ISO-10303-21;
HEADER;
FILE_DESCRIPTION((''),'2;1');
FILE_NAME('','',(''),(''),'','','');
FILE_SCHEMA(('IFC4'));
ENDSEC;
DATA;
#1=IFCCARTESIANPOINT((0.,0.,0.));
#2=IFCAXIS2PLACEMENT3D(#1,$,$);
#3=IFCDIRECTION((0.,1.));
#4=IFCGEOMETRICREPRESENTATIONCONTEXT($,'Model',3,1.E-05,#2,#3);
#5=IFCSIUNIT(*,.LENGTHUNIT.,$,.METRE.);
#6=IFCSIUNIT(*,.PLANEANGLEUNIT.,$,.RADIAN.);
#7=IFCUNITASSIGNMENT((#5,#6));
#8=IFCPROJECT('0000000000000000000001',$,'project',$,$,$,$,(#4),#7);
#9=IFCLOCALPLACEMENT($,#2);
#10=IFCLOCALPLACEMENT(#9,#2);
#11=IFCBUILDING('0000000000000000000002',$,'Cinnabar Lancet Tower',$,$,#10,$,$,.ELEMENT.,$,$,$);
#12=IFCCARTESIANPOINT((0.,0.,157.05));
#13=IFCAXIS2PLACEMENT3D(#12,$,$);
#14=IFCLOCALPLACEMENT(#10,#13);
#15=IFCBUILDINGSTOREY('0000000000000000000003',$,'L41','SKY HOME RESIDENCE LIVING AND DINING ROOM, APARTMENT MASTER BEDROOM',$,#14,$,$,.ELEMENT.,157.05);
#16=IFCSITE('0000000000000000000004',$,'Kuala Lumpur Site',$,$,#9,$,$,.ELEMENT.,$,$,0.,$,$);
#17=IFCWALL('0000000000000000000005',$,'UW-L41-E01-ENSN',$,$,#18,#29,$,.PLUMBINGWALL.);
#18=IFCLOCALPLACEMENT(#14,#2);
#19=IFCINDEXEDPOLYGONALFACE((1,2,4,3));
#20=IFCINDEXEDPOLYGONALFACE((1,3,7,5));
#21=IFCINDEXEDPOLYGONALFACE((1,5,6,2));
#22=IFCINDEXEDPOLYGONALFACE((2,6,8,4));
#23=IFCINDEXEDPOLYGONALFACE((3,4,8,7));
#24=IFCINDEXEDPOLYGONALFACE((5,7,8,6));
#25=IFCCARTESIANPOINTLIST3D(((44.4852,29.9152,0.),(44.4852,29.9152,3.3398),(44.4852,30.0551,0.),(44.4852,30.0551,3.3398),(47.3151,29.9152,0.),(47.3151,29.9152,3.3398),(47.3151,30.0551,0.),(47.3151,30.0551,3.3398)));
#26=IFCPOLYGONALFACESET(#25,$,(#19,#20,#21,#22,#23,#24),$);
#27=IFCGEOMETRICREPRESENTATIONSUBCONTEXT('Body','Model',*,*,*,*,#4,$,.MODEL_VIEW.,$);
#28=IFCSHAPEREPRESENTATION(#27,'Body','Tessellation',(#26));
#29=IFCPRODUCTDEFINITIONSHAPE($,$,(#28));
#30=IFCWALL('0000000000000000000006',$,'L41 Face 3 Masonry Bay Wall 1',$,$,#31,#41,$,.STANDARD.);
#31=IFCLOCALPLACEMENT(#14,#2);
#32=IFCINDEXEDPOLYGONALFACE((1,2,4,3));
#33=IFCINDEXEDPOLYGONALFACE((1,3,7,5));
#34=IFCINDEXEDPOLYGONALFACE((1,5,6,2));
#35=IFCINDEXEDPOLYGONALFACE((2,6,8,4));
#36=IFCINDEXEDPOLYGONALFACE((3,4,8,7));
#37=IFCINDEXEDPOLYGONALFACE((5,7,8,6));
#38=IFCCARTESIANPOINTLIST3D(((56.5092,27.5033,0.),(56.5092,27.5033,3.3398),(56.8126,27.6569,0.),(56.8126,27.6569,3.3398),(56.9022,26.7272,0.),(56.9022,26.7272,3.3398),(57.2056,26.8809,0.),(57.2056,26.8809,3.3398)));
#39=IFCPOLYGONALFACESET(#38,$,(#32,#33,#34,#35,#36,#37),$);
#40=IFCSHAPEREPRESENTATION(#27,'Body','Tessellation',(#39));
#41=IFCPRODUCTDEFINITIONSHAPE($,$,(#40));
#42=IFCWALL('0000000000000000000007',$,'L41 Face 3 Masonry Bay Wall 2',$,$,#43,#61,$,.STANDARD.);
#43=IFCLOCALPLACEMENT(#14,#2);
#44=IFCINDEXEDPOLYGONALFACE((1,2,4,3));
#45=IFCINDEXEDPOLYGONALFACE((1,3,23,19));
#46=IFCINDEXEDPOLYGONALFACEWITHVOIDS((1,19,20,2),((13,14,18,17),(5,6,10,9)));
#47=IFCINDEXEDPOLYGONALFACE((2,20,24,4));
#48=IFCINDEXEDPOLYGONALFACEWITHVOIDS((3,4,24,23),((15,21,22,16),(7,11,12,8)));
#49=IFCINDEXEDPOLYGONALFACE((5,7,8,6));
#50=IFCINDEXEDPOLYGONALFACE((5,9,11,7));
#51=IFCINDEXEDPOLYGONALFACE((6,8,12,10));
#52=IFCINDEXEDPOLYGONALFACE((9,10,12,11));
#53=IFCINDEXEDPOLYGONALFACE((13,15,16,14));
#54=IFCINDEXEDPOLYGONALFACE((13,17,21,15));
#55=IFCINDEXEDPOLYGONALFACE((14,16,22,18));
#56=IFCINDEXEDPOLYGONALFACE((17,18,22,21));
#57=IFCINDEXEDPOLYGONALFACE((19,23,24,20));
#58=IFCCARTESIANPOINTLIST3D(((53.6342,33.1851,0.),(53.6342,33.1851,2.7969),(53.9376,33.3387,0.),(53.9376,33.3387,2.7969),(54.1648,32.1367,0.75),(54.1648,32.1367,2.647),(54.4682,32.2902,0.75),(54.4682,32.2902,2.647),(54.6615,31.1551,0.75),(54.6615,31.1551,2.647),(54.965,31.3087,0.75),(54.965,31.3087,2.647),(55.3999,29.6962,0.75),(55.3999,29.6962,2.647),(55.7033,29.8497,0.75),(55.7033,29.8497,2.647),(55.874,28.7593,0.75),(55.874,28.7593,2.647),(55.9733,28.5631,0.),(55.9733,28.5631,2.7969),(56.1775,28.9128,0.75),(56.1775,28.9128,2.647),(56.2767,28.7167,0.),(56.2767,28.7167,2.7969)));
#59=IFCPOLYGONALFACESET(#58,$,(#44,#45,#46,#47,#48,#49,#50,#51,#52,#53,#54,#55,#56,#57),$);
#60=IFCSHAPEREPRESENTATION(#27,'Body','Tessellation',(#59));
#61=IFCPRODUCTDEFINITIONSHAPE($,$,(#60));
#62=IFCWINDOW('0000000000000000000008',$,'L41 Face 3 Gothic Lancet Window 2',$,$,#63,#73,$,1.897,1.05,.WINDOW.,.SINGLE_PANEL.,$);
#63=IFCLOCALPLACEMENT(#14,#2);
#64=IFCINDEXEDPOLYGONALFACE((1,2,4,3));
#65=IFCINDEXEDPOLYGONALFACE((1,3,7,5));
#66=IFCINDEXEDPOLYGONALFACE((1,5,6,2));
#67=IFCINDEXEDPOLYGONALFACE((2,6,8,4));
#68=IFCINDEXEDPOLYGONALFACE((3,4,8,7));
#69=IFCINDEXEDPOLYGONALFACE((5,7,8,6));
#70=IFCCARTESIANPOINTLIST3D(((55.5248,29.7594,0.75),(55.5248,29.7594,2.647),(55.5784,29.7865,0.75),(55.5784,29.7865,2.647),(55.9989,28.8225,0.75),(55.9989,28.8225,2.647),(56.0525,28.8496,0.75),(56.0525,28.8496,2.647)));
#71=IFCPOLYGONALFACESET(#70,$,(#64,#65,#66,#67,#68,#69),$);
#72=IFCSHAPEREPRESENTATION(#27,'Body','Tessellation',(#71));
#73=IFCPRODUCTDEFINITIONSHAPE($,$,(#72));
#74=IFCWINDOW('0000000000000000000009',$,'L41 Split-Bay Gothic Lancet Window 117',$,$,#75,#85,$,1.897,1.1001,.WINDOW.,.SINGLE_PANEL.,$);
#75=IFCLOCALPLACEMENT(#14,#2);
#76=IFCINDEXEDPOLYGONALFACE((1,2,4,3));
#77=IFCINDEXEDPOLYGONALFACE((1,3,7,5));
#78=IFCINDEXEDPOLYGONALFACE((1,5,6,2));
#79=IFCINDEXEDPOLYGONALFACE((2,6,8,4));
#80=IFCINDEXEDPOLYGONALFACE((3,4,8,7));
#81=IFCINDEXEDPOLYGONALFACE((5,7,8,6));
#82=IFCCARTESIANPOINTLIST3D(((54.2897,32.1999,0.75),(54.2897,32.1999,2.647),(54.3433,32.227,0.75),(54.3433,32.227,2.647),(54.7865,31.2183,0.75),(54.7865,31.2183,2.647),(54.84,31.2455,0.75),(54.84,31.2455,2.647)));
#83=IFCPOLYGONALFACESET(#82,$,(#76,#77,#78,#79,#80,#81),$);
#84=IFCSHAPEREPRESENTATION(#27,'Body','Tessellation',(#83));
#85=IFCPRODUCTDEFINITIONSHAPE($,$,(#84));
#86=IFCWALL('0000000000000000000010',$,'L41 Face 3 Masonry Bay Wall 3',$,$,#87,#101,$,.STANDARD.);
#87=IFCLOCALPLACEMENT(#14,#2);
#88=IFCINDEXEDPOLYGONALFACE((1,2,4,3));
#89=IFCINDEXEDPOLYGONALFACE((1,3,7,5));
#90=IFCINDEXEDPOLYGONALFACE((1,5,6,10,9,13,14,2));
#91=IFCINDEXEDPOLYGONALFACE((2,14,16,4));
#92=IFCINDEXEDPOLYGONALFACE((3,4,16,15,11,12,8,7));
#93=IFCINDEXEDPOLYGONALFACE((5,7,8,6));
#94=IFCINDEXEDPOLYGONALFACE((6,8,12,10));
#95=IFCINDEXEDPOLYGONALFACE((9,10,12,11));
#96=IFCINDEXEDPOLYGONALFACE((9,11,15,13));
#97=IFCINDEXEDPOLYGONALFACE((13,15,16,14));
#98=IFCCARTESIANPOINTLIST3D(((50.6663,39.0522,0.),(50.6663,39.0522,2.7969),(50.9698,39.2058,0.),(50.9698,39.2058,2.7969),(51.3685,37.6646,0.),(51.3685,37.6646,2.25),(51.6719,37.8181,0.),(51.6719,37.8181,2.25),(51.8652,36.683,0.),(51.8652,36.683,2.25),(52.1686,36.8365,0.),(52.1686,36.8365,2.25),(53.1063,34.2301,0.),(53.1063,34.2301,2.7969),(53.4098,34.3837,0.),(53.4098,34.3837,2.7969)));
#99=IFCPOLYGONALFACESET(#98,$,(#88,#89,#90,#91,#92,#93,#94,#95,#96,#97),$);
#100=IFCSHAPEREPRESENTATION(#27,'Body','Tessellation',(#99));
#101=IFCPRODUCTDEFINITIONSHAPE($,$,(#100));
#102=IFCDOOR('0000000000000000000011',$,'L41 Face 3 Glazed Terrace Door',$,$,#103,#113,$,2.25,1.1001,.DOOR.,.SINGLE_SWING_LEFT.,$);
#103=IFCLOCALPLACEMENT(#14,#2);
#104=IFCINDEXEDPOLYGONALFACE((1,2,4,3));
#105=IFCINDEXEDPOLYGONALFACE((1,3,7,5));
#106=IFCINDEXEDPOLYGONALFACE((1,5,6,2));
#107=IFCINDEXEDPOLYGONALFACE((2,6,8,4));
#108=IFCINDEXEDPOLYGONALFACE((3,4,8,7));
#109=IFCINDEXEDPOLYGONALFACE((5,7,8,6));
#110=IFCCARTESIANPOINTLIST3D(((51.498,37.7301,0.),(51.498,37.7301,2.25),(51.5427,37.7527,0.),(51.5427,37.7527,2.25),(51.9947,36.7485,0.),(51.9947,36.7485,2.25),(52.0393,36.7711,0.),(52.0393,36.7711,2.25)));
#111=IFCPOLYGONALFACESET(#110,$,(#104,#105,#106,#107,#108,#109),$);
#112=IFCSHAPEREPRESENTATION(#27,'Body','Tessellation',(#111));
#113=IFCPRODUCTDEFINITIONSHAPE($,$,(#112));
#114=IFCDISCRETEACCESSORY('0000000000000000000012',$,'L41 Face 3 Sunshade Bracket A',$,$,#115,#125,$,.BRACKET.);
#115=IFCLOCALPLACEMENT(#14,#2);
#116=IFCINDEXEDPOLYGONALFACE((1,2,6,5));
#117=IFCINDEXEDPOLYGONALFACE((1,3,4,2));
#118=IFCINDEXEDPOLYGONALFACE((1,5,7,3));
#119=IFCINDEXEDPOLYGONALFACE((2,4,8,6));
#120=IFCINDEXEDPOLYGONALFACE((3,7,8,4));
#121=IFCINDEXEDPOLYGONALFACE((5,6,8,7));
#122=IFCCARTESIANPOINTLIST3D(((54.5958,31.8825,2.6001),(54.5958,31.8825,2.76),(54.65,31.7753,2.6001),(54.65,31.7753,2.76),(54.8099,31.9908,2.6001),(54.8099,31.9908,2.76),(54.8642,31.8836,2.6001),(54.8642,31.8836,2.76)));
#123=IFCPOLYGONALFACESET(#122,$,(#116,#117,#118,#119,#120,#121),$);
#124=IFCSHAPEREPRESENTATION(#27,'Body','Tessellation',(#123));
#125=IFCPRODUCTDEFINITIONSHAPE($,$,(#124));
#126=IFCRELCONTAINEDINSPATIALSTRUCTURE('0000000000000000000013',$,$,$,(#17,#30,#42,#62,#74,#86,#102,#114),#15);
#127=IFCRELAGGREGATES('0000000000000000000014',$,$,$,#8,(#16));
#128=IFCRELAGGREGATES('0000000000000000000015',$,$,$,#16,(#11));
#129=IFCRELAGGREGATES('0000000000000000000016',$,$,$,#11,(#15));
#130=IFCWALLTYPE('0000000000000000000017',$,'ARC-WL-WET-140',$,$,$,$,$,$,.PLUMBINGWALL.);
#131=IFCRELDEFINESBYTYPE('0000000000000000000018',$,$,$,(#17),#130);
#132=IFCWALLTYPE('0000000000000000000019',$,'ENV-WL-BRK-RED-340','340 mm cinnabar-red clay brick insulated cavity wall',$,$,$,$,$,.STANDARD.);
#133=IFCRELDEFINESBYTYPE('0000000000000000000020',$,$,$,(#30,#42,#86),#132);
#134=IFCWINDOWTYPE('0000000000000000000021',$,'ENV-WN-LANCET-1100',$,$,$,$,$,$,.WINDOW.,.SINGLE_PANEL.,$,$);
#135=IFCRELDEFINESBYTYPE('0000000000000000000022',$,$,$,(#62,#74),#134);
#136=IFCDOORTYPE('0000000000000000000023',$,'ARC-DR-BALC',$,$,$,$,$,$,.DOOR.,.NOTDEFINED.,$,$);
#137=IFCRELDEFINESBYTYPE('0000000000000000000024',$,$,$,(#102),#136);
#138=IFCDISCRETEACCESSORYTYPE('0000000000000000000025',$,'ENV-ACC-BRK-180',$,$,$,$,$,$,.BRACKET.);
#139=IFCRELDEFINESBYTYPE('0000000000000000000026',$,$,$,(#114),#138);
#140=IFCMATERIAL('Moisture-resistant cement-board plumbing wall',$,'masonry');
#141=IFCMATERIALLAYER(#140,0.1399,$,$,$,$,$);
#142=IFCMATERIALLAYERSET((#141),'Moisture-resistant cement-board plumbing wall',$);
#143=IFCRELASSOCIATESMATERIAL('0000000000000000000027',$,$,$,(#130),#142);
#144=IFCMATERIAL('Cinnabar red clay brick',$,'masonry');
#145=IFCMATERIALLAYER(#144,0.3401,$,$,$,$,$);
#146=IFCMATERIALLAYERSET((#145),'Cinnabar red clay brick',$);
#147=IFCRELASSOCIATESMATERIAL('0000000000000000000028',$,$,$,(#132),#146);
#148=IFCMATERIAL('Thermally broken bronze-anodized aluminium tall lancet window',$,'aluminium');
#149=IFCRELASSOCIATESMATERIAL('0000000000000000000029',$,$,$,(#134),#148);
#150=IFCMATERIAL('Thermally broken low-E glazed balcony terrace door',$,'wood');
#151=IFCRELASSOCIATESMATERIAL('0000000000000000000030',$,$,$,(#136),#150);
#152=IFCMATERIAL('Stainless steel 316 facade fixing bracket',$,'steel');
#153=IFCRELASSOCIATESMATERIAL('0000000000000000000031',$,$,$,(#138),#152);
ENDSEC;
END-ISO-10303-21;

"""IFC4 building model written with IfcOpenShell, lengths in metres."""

from ifc_helpers import new_model, si_unit, direction, frame, frame_2d, origin, origin_2d, place, context, subcontext, project, spatial, rectangle, extrude, material, layer, layer_set, type_object, element, fill, save


model = new_model("IFC4")

# Units and contexts
model_context = context("Model", 3, precision=1e-05, world=origin(), true_north=direction((0.0, 1.0)))
body_context = subcontext(model_context, "Body", "Model", "MODEL_VIEW")
ifc_project = project(units=[si_unit("LENGTHUNIT", "METRE"), si_unit("PLANEANGLEUNIT", "RADIAN")], contexts=[model_context])

# Site, building, storey
site_placement = place(None, origin())
site = spatial("IfcSite", under=ifc_project, at=site_placement, Name="Kuala Lumpur Site", CompositionType="ELEMENT", RefElevation=0.0)
building_placement = place(site_placement, origin())
building = spatial("IfcBuilding", under=site, at=building_placement, Name="Cinnabar Lancet Tower", CompositionType="ELEMENT")
storey_placement = place(building_placement, frame((0.0, 0.0, 157.05)))
storey = spatial("IfcBuildingStorey", under=building, at=storey_placement, Name="L41", Description="SKY HOME RESIDENCE LIVING AND DINING ROOM, APARTMENT MASTER BEDROOM", CompositionType="ELEMENT", Elevation=157.05)

# Shared definitions
ifc_material_1 = material(Name="Moisture-resistant cement-board plumbing wall", Category="masonry")
ifc_layer_1 = layer(ifc_material_1, 0.1399)
ifc_layer_set_1 = layer_set([ifc_layer_1], Name="Moisture-resistant cement-board plumbing wall")
wall_type_1 = type_object("IfcWallType", Name="ARC-WL-WET-140", PredefinedType="PLUMBINGWALL", material=ifc_layer_set_1)

# Walls
wall_1_placement = place(storey_placement, frame((44.4851, 29.9851, 0.0), z_axis=(0.0, 0.0, 1.0), x_axis=(1.0, 0.0, 0.0)))
element("IfcWall", 1, at=wall_1_placement, inside=storey, type_object=wall_type_1, Name="UW-L41-E01-ENSN", PredefinedType="PLUMBINGWALL", context=body_context, shape_type="SweptSolid", body=[
    extrude(rectangle(XDim=2.8298, YDim=0.1399, at=frame_2d((1.415, 0.0))), origin(), (0.0, 0.0, 1.0), 3.3398),
])
ifc_material_2 = material(Name="Cinnabar red clay brick", Category="masonry")
ifc_layer_2 = layer(ifc_material_2, 0.3401)
ifc_layer_set_2 = layer_set([ifc_layer_2], Name="Cinnabar red clay brick")
wall_type_2 = type_object("IfcWallType", Name="ENV-WL-BRK-RED-340", Description="340 mm cinnabar-red clay brick insulated cavity wall", PredefinedType="STANDARD", material=ifc_layer_set_2)
wall_2_placement = place(storey_placement, frame((57.054, 26.804, 0.0), z_axis=(0.0, 0.0, 1.0), x_axis=(-0.45181, 0.892114, 0.0)))
element("IfcWall", 2, at=wall_2_placement, inside=storey, type_object=wall_type_2, Name="L41 Face 3 Masonry Bay Wall 1", PredefinedType="STANDARD", context=body_context, shape_type="SweptSolid", body=[
    extrude(rectangle(XDim=0.8699, YDim=0.3401, at=frame_2d((0.4351, 0.0))), origin(), (0.0, 0.0, 1.0), 3.3398),
])

# Wall, openings, windows
wall_3_placement = place(storey_placement, frame((56.125, 28.6399, 0.0), z_axis=(0.0, 0.0, 1.0), x_axis=(-0.451544, 0.892249, 0.0)))
wall_3 = element("IfcWall", 3, at=wall_3_placement, inside=storey, type_object=wall_type_2, Name="L41 Face 3 Masonry Bay Wall 2", PredefinedType="STANDARD", context=body_context, shape_type="SweptSolid", body=[
    extrude(rectangle(XDim=5.1802, YDim=0.3401, at=frame_2d((2.5901, 0.0))), origin(), (0.0, 0.0, 1.0), 2.7969),
])
opening_1_placement = place(wall_3_placement, frame((0.22, 0.0, 0.75)))
opening_1 = element("IfcOpeningElement", 4, at=opening_1_placement, cuts=wall_3, PredefinedType="OPENING", context=body_context, shape_type="SweptSolid", body=[
    extrude(rectangle(XDim=1.05, YDim=1.897, at=frame_2d((0.5249, 0.9485))), frame((0.0, 0.1799, 0.0), z_axis=(0.0, -1.0, 0.0), x_axis=(1.0, 0.0, 0.0)), (0.0, 0.0, 1.0), 0.3601),
])
opening_2_placement = place(wall_3_placement, frame((2.905, 0.0, 0.75)))
opening_2 = element("IfcOpeningElement", 5, at=opening_2_placement, cuts=wall_3, PredefinedType="OPENING", context=body_context, shape_type="SweptSolid", body=[
    extrude(rectangle(XDim=1.1001, YDim=1.897, at=frame_2d((0.55, 0.9485))), frame((0.0, 0.1799, 0.0), z_axis=(0.0, -1.0, 0.0), x_axis=(1.0, 0.0, 0.0)), (0.0, 0.0, 1.0), 0.3601),
])
ifc_material_3 = material(Name="Thermally broken bronze-anodized aluminium tall lancet window", Category="aluminium")
window_type = type_object("IfcWindowType", Name="ENV-WN-LANCET-1100", PartitioningType="SINGLE_PANEL", PredefinedType="WINDOW", material=ifc_material_3)
window_1_placement = place(opening_1_placement, origin())
window_1 = element("IfcWindow", 6, at=window_1_placement, inside=storey, type_object=window_type, Name="L41 Face 3 Gothic Lancet Window 2", OverallHeight=1.897, OverallWidth=1.05, PartitioningType="SINGLE_PANEL", PredefinedType="WINDOW", context=body_context, shape_type="SweptSolid", body=[
    extrude(rectangle(XDim=1.05, YDim=1.897, at=frame_2d((0.5249, 0.9485))), frame((0.0, 0.03, 0.0), z_axis=(0.0, -1.0, 0.0), x_axis=(1.0, 0.0, 0.0)), (0.0, 0.0, 1.0), 0.0601),
])
fill(opening_1, window_1)
window_2_placement = place(opening_2_placement, origin())
window_2 = element("IfcWindow", 7, at=window_2_placement, inside=storey, type_object=window_type, Name="L41 Split-Bay Gothic Lancet Window 117", OverallHeight=1.897, OverallWidth=1.1001, PartitioningType="SINGLE_PANEL", PredefinedType="WINDOW", context=body_context, shape_type="SweptSolid", body=[
    extrude(rectangle(XDim=1.1001, YDim=1.897, at=frame_2d((0.55, 0.9485))), frame((0.0, 0.03, 0.0), z_axis=(0.0, -1.0, 0.0), x_axis=(1.0, 0.0, 0.0)), (0.0, 0.0, 1.0), 0.0601),
])
fill(opening_2, window_2)

# Wall, opening, door
wall_4_placement = place(storey_placement, frame((53.2581, 34.3069, 0.0), z_axis=(0.0, 0.0, 1.0), x_axis=(-0.451491, 0.892276, 0.0)))
wall_4 = element("IfcWall", 8, at=wall_4_placement, inside=storey, type_object=wall_type_2, Name="L41 Face 3 Masonry Bay Wall 3", PredefinedType="STANDARD", context=body_context, shape_type="SweptSolid", body=[
    extrude(rectangle(XDim=5.4043, YDim=0.3401, at=frame_2d((2.7021, 0.0))), origin(), (0.0, 0.0, 1.0), 2.7969),
])
opening_3_placement = place(wall_4_placement, frame((2.749, 0.0, 0.0)))
opening_3 = element("IfcOpeningElement", 9, at=opening_3_placement, cuts=wall_4, PredefinedType="OPENING", context=body_context, shape_type="SweptSolid", body=[
    extrude(rectangle(XDim=1.1001, YDim=2.25, at=frame_2d((0.55, 1.125))), frame((0.0, 0.1799, 0.0), z_axis=(0.0, -1.0, 0.0), x_axis=(1.0, 0.0, 0.0)), (0.0, 0.0, 1.0), 0.3601),
])
ifc_material_4 = material(Name="Thermally broken low-E glazed balcony terrace door", Category="wood")
door_type_1 = type_object("IfcDoorType", Name="ARC-DR-BALC", OperationType="NOTDEFINED", PredefinedType="DOOR", material=ifc_material_4)
door_1_placement = place(opening_3_placement, origin())
door_1 = element("IfcDoor", 10, at=door_1_placement, inside=storey, type_object=door_type_1, Name="L41 Face 3 Glazed Terrace Door", OperationType="SINGLE_SWING_LEFT", OverallHeight=2.25, OverallWidth=1.1001, PredefinedType="DOOR", context=body_context, shape_type="SweptSolid", body=[
    extrude(rectangle(XDim=1.1001, YDim=2.25, at=frame_2d((0.55, 1.125))), frame((0.0, 0.0249, 0.0), z_axis=(0.0, -1.0, 0.0), x_axis=(1.0, 0.0, 0.0)), (0.0, 0.0, 1.0), 0.05),
])
fill(opening_3, door_1)

# Discrete accessory
ifc_material_5 = material(Name="Stainless steel 316 facade fixing bracket", Category="steel")
discrete_accessory_type = type_object("IfcDiscreteAccessoryType", Name="ENV-ACC-BRK-180", PredefinedType="BRACKET", material=ifc_material_5)
discrete_accessory_placement = place(storey_placement, frame((54.73, 31.8831, 2.6001), z_axis=(0.0, 0.0, 1.0), x_axis=(-0.451454, 0.892294, 0.0)))
element("IfcDiscreteAccessory", 11, at=discrete_accessory_placement, inside=storey, type_object=discrete_accessory_type, Name="L41 Face 3 Sunshade Bracket A", PredefinedType="BRACKET", context=body_context, shape_type="SweptSolid", body=[
    extrude(rectangle(XDim=0.1201, YDim=0.24, at=origin_2d()), origin(), (0.0, 0.0, 1.0), 0.1599),
])

save(model, "model.ifc")
